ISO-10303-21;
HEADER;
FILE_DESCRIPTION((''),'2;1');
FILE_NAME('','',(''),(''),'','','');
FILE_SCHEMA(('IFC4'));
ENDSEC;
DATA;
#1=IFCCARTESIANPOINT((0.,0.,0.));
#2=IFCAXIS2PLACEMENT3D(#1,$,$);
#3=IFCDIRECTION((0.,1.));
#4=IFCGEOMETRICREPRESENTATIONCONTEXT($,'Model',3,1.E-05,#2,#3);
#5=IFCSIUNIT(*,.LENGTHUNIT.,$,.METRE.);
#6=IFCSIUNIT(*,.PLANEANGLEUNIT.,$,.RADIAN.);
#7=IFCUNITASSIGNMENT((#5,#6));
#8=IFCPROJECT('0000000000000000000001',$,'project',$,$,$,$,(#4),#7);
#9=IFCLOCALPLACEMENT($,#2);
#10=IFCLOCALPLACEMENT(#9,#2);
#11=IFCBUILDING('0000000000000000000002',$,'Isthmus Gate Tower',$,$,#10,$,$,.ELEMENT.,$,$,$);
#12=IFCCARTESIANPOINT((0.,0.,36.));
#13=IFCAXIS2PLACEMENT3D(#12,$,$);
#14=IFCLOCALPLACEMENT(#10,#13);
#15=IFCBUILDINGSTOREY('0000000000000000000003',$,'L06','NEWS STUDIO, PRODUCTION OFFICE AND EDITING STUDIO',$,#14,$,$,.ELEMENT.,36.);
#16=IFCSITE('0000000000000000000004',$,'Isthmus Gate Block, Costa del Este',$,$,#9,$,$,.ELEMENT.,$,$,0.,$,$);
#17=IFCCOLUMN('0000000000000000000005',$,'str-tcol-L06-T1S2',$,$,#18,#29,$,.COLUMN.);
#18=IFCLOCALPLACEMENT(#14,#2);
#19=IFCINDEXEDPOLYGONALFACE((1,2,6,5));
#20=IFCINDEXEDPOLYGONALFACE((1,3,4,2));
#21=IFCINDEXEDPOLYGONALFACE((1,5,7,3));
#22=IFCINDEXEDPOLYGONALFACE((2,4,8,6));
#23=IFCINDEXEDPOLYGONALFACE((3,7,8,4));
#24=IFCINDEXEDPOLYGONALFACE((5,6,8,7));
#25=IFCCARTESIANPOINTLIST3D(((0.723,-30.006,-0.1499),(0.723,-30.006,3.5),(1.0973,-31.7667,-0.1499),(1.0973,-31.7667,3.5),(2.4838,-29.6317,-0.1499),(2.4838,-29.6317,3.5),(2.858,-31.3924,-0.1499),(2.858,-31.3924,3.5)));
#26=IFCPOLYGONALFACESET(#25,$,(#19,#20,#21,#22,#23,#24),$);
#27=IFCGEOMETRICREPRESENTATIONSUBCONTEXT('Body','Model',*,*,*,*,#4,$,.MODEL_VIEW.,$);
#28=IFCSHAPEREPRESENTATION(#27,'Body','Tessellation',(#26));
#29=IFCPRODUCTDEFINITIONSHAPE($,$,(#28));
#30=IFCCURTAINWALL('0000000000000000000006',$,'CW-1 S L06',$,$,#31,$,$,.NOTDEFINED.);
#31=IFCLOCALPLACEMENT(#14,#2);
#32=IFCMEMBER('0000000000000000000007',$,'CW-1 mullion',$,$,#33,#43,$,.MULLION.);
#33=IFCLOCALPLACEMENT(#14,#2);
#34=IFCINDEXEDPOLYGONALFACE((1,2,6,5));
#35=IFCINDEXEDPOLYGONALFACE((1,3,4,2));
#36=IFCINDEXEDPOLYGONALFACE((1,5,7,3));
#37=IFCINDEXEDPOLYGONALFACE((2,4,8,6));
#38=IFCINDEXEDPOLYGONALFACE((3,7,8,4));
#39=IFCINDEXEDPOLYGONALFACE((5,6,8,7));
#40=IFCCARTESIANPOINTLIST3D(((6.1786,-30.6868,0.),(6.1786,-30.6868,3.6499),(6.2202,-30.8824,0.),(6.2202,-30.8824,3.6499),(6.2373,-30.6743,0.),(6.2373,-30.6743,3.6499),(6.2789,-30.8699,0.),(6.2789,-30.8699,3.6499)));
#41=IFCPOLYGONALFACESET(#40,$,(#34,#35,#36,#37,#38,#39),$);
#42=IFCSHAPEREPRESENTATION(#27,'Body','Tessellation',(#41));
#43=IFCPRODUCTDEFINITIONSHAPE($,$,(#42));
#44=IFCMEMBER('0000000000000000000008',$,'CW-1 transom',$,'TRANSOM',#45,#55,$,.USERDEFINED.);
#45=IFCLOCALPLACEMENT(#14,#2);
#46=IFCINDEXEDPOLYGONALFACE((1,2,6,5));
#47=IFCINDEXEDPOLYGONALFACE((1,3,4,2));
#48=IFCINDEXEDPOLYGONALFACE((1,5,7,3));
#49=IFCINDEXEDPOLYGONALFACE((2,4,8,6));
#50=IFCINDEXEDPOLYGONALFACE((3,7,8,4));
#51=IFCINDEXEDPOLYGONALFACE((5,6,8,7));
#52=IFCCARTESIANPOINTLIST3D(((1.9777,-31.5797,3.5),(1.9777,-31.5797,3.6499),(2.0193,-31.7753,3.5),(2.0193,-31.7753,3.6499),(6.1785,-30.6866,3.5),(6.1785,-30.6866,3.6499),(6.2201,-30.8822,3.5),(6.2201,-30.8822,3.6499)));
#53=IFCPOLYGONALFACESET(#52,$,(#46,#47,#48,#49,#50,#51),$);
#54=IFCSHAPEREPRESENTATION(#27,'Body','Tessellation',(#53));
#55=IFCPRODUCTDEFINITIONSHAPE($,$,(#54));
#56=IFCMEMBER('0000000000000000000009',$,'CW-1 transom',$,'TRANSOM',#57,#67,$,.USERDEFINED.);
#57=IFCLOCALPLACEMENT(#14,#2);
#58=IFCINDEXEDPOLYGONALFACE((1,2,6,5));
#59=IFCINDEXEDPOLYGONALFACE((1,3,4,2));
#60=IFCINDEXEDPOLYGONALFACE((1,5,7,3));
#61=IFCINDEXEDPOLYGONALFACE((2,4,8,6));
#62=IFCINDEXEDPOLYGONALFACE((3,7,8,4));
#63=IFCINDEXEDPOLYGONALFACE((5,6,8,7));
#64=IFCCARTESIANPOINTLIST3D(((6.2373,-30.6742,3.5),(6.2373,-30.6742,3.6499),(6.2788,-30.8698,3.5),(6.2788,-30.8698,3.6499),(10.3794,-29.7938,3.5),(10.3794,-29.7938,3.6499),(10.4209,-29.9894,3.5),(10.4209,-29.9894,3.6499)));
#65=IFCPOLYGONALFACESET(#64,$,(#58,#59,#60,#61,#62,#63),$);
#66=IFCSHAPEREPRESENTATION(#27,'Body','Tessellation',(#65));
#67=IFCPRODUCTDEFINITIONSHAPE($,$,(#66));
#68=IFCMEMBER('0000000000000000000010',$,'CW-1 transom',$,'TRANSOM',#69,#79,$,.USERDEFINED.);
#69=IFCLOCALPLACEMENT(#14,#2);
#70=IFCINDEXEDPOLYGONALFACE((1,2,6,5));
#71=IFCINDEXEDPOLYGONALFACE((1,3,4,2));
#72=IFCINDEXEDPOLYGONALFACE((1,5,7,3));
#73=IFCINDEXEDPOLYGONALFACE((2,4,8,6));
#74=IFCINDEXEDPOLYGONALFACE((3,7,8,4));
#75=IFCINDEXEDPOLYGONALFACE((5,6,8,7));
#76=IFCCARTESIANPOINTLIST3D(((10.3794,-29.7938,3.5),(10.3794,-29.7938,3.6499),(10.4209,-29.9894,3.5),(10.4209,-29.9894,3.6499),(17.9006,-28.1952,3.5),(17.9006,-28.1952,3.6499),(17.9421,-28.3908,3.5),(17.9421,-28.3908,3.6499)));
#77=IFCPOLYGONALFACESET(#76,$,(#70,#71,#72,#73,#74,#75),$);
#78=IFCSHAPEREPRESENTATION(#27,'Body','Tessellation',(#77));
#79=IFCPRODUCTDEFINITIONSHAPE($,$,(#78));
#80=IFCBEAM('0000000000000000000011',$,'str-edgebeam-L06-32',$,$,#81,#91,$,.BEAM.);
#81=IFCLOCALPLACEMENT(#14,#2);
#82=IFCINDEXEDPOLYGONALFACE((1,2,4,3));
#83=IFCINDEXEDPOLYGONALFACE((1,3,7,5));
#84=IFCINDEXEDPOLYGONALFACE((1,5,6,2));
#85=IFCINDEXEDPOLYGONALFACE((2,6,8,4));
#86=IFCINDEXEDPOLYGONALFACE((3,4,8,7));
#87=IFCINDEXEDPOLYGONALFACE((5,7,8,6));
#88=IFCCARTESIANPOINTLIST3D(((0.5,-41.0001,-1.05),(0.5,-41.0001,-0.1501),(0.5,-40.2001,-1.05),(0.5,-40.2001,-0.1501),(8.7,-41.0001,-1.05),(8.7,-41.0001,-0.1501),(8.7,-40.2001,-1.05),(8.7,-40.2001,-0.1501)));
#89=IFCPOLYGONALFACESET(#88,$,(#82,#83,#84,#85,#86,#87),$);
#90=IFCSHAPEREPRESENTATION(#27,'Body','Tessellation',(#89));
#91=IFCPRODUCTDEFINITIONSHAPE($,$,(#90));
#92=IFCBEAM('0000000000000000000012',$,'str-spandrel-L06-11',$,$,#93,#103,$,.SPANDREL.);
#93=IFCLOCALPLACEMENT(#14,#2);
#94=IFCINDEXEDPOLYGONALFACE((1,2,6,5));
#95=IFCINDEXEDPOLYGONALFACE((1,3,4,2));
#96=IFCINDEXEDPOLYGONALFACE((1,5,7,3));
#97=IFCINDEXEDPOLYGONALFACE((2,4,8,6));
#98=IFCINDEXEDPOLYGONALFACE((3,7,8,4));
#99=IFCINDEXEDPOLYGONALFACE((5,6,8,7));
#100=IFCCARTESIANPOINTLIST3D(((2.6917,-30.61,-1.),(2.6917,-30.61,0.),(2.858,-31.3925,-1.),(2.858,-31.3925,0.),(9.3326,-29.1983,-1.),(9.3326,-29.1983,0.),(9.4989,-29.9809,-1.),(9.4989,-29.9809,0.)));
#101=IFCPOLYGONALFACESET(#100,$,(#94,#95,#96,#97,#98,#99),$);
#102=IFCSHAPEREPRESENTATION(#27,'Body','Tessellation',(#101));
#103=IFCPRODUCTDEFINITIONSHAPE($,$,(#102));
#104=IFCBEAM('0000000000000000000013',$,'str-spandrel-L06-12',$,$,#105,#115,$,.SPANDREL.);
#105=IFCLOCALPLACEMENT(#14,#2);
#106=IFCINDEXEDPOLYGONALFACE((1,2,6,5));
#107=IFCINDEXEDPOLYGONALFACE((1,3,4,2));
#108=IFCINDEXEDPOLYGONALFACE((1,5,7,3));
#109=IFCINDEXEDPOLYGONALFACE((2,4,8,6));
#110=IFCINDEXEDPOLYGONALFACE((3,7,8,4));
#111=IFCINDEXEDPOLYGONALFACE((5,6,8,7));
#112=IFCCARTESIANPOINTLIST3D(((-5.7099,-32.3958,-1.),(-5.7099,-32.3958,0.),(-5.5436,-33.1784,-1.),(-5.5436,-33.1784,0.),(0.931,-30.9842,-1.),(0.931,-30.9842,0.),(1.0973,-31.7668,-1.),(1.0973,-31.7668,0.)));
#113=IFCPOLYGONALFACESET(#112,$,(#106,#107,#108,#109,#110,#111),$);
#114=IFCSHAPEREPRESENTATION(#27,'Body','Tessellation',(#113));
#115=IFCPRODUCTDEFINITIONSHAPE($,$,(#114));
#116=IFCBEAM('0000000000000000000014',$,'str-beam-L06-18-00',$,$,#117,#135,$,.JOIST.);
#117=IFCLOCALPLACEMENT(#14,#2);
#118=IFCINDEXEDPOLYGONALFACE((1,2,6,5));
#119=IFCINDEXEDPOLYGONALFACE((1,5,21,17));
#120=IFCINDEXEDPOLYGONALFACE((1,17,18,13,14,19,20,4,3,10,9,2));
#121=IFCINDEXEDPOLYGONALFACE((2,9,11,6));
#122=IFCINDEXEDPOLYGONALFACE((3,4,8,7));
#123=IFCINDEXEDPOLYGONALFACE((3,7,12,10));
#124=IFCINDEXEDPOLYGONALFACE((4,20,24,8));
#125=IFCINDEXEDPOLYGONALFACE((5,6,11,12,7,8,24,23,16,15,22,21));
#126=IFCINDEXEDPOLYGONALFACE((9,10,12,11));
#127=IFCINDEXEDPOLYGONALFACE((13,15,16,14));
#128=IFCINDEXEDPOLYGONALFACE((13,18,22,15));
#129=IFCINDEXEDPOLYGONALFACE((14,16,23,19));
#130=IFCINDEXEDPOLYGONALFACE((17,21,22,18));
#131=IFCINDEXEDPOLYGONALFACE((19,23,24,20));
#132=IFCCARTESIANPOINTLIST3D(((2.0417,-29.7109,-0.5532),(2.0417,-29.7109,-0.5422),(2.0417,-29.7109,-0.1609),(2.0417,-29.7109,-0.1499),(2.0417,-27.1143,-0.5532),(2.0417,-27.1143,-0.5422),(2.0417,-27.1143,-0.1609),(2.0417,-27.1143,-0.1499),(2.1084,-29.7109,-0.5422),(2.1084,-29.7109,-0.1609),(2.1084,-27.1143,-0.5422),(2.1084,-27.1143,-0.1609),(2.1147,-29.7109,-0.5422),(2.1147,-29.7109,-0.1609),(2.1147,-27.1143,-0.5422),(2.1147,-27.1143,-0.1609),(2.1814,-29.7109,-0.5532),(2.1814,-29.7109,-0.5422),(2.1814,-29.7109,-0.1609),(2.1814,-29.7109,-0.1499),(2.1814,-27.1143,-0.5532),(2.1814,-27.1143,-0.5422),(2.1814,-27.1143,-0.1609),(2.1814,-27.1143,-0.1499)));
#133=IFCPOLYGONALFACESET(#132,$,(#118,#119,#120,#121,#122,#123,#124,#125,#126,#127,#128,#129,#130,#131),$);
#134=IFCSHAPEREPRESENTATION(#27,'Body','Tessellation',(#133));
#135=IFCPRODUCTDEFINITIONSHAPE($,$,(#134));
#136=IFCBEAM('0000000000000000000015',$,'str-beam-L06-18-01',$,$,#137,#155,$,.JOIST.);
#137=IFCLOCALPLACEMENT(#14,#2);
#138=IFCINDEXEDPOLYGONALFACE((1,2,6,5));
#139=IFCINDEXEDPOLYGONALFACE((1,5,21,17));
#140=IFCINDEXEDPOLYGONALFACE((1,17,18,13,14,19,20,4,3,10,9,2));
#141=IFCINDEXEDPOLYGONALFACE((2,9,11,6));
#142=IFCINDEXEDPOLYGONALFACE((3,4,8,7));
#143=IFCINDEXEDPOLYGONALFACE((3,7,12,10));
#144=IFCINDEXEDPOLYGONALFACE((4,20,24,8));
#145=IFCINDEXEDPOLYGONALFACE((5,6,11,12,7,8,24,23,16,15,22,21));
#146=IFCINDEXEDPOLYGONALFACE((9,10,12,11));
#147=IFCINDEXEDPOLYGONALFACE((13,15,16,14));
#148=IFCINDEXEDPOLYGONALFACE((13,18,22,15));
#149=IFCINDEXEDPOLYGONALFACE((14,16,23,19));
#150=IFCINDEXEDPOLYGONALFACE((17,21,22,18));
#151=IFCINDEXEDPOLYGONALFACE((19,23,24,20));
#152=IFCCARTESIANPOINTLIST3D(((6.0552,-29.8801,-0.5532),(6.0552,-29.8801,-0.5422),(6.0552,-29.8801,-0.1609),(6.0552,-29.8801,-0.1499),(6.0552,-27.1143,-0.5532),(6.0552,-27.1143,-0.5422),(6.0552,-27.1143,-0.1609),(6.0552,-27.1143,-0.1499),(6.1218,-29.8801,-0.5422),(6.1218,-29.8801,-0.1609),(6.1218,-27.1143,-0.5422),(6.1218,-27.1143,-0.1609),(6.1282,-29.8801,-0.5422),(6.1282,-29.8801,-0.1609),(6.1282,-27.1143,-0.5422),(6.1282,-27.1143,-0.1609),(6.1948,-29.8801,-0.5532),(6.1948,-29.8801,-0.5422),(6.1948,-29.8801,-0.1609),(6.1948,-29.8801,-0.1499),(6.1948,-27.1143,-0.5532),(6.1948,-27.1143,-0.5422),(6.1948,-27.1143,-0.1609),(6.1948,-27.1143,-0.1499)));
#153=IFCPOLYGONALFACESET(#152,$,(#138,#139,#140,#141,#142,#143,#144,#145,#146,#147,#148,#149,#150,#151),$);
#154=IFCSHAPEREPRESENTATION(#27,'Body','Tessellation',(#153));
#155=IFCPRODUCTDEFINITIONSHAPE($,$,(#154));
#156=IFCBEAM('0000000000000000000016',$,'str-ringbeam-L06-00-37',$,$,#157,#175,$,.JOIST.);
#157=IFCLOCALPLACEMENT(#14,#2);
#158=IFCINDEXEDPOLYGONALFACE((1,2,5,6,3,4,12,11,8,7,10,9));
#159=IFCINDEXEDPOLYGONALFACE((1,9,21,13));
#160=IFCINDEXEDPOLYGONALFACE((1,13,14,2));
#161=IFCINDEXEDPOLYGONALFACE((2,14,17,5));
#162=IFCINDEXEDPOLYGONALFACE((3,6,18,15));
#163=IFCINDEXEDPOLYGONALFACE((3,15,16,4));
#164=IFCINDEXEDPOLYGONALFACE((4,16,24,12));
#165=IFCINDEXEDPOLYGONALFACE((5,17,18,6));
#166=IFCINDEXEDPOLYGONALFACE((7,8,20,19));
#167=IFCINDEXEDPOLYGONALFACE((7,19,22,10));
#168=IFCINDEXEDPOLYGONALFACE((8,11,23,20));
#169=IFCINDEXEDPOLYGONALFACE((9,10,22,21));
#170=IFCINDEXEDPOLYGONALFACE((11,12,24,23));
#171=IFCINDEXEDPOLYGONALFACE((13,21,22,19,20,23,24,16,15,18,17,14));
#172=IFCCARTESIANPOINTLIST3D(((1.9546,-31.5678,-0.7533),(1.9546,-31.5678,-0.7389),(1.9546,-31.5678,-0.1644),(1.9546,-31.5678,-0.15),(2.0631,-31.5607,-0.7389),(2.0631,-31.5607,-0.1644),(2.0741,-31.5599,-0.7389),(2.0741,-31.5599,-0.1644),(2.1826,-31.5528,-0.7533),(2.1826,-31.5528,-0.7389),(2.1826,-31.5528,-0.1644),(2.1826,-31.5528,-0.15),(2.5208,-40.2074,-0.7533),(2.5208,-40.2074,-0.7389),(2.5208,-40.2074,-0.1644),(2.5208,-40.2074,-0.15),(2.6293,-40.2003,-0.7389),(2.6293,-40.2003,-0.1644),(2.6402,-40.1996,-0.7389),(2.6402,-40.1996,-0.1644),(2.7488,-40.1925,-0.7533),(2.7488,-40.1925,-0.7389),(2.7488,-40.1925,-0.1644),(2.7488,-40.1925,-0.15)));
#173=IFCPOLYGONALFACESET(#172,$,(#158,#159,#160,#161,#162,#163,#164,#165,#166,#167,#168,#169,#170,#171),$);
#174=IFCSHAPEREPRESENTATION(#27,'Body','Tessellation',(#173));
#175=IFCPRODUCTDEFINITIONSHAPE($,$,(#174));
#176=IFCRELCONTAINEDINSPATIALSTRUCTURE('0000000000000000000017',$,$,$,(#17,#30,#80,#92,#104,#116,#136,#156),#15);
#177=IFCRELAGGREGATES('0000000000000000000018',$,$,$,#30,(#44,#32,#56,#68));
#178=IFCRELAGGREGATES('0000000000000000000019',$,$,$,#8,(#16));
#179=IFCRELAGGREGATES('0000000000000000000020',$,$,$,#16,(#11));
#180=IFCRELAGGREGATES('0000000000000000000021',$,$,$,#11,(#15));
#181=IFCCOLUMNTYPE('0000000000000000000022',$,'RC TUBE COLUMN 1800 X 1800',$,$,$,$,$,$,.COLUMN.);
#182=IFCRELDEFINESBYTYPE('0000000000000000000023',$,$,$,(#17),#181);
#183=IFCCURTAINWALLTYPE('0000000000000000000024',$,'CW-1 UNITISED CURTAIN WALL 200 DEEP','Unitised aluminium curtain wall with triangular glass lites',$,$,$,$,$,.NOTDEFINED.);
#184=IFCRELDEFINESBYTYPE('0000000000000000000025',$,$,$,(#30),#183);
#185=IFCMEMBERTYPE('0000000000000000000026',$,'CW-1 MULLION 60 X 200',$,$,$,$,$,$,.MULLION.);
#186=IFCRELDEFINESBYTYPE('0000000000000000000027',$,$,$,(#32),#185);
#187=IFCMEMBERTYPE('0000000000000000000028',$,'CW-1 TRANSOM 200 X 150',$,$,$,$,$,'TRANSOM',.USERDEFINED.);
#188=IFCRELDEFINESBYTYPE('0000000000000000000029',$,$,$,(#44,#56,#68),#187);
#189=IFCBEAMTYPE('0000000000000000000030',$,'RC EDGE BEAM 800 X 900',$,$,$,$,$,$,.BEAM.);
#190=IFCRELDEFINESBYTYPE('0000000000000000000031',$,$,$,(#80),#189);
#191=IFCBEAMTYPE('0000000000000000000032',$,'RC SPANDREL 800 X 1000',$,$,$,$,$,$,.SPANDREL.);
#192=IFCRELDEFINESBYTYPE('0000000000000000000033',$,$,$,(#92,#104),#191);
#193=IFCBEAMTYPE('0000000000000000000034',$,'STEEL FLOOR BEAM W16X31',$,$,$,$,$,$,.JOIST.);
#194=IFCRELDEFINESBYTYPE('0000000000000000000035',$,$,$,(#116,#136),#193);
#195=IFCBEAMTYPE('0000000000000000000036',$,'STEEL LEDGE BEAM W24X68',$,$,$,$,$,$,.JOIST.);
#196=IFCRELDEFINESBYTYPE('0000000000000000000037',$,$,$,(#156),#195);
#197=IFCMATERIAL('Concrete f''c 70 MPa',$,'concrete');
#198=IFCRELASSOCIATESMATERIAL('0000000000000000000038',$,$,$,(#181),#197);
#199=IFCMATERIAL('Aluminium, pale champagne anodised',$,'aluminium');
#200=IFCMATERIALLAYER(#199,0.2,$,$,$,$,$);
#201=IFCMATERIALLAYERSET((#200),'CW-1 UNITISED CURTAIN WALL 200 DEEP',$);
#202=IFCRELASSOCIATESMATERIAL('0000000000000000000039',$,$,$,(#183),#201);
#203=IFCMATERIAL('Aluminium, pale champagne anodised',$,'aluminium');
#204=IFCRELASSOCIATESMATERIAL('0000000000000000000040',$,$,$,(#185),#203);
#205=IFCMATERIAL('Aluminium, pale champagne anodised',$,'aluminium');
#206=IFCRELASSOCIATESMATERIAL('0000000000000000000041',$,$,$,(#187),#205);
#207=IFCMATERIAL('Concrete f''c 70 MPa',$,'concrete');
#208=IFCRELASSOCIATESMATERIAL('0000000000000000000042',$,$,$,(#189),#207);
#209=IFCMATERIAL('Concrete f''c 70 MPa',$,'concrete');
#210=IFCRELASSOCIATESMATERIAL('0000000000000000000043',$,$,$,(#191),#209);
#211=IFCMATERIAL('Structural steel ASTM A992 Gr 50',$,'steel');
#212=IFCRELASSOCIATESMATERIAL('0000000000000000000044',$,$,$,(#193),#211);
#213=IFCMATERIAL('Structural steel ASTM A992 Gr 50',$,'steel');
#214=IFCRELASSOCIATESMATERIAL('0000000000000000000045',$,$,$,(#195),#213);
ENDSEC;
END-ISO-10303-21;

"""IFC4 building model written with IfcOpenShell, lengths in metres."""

from ifc_helpers import new_model, si_unit, direction, frame, origin, origin_2d, place, context, subcontext, project, spatial, rectangle, i_section, extrude, material, layer, layer_set, material_profile, profile_set, type_object, element, aggregate, save


model = new_model("IFC4")

# Units and contexts
model_context = context("Model", 3, precision=1e-05, world=origin(), true_north=direction((0.0, 1.0)))
body_context = subcontext(model_context, "Body", "Model", "MODEL_VIEW")
ifc_project = project(units=[si_unit("LENGTHUNIT", "METRE"), si_unit("PLANEANGLEUNIT", "RADIAN")], contexts=[model_context])

# Site, building, storey
site_placement = place(None, origin())
site = spatial("IfcSite", under=ifc_project, at=site_placement, Name="Isthmus Gate Block, Costa del Este", CompositionType="ELEMENT", RefElevation=0.0)
building_placement = place(site_placement, origin())
building = spatial("IfcBuilding", under=site, at=building_placement, Name="Isthmus Gate Tower", CompositionType="ELEMENT")
storey_placement = place(building_placement, frame((0.0, 0.0, 36.0)))
storey = spatial("IfcBuildingStorey", under=building, at=storey_placement, Name="L06", Description="NEWS STUDIO, PRODUCTION OFFICE AND EDITING STUDIO", CompositionType="ELEMENT", Elevation=36.0)

# Column
ifc_material_1 = material(Name="Concrete f'c 70 MPa", Category="concrete")
ifc_material_profile_1 = material_profile(ifc_material_1, rectangle(XDim=1.8, YDim=1.8, at=origin_2d()), Name="RC 1800X1800")
ifc_profile_set_1 = profile_set([ifc_material_profile_1], Name="Concrete f'c 70 MPa")
column_type = type_object("IfcColumnType", Name="RC TUBE COLUMN 1800 X 1800", PredefinedType="COLUMN", material=ifc_profile_set_1)
column_placement = place(storey_placement, frame((1.7905, -30.6992, -0.1499), z_axis=(0.0, 0.0, 1.0), x_axis=(0.978148, 0.207912, 0.0)))
element("IfcColumn", 1, at=column_placement, inside=storey, type_object=column_type, Name="str-tcol-L06-T1S2", PredefinedType="COLUMN", context=body_context, shape_type="SweptSolid", body=[
    extrude(rectangle(XDim=1.8, YDim=1.8, at=origin_2d()), origin(), (0.0, 0.0, 1.0), 3.6499),
])

# Curtain wall, members
ifc_material_2 = material(Name="Aluminium, pale champagne anodised", Category="aluminium")
ifc_layer_1 = layer(ifc_material_2, 0.2)
ifc_layer_set_1 = layer_set([ifc_layer_1], Name="CW-1 UNITISED CURTAIN WALL 200 DEEP")
curtain_wall_type = type_object("IfcCurtainWallType", Name="CW-1 UNITISED CURTAIN WALL 200 DEEP", Description="Unitised aluminium curtain wall with triangular glass lites", PredefinedType="NOTDEFINED", material=ifc_layer_set_1)
curtain_wall_placement = place(storey_placement, origin())
curtain_wall = element("IfcCurtainWall", 2, at=curtain_wall_placement, inside=storey, type_object=curtain_wall_type, Name="CW-1 S L06", PredefinedType="NOTDEFINED")
ifc_material_3 = material(Name="Aluminium, pale champagne anodised", Category="aluminium")
ifc_material_profile_2 = material_profile(ifc_material_3, rectangle(XDim=0.0601, YDim=0.2, at=origin_2d()), Name="60x200")
ifc_profile_set_2 = profile_set([ifc_material_profile_2], Name="Aluminium, pale champagne anodised")
member_type_1 = type_object("IfcMemberType", Name="CW-1 MULLION 60 X 200", PredefinedType="MULLION", material=ifc_profile_set_2)
member_1_placement = place(storey_placement, frame((6.2288, -30.7783, 0.0), z_axis=(0.0, 0.0, 1.0), x_axis=(0.978148, 0.207912, 0.0)))
member_1 = element("IfcMember", 3, at=member_1_placement, type_object=member_type_1, Name="CW-1 mullion", PredefinedType="MULLION", context=body_context, shape_type="SweptSolid", body=[
    extrude(rectangle(XDim=0.0601, YDim=0.2, at=origin_2d()), origin(), (0.0, 0.0, 1.0), 3.6499),
])
ifc_material_4 = material(Name="Aluminium, pale champagne anodised", Category="aluminium")
ifc_material_profile_3 = material_profile(ifc_material_4, rectangle(XDim=0.2, YDim=0.1499, at=origin_2d()), Name="200x150")
ifc_profile_set_3 = profile_set([ifc_material_profile_3], Name="Aluminium, pale champagne anodised")
member_type_2 = type_object("IfcMemberType", Name="CW-1 TRANSOM 200 X 150", ElementType="TRANSOM", PredefinedType="USERDEFINED", material=ifc_profile_set_3)
member_2_placement = place(storey_placement, frame((1.9985, -31.6775, 3.575), z_axis=(0.978139, 0.207953, 0.0), x_axis=(-0.207953, 0.978139, 0.0)))
member_2 = element("IfcMember", 4, at=member_2_placement, type_object=member_type_2, Name="CW-1 transom", ObjectType="TRANSOM", PredefinedType="USERDEFINED", context=body_context, shape_type="SweptSolid", body=[
    extrude(rectangle(XDim=0.2, YDim=0.1499, at=origin_2d()), origin(), (0.0, 0.0, 1.0), 4.2947),
])
member_3_placement = place(storey_placement, frame((6.2581, -30.772, 3.575), z_axis=(0.97815, 0.207899, 0.0), x_axis=(-0.207899, 0.97815, 0.0)))
member_3 = element("IfcMember", 5, at=member_3_placement, type_object=member_type_2, Name="CW-1 transom", ObjectType="TRANSOM", PredefinedType="USERDEFINED", context=body_context, shape_type="SweptSolid", body=[
    extrude(rectangle(XDim=0.2, YDim=0.1499, at=origin_2d()), origin(), (0.0, 0.0, 1.0), 4.2346),
])
member_4_placement = place(storey_placement, frame((10.4001, -29.8916, 3.575), z_axis=(0.978149, 0.207905, 0.0), x_axis=(-0.207905, 0.978149, 0.0)))
member_4 = element("IfcMember", 6, at=member_4_placement, type_object=member_type_2, Name="CW-1 transom", ObjectType="TRANSOM", PredefinedType="USERDEFINED", context=body_context, shape_type="SweptSolid", body=[
    extrude(rectangle(XDim=0.2, YDim=0.1499, at=origin_2d()), origin(), (0.0, 0.0, 1.0), 7.6892),
])

# Beams
ifc_material_5 = material(Name="Concrete f'c 70 MPa", Category="concrete")
ifc_material_profile_4 = material_profile(ifc_material_5, rectangle(XDim=0.8, YDim=0.8999, at=origin_2d()), Name="RC 800X900")
ifc_profile_set_4 = profile_set([ifc_material_profile_4], Name="Concrete f'c 70 MPa")
beam_type_1 = type_object("IfcBeamType", Name="RC EDGE BEAM 800 X 900", PredefinedType="BEAM", material=ifc_profile_set_4)
beam_1_placement = place(storey_placement, frame((8.7, -40.6001, -0.6001), z_axis=(-1.0, 0.0, 0.0), x_axis=(0.0, -1.0, 0.0)))
element("IfcBeam", 7, at=beam_1_placement, inside=storey, type_object=beam_type_1, Name="str-edgebeam-L06-32", PredefinedType="BEAM", context=body_context, shape_type="SweptSolid", body=[
    extrude(rectangle(XDim=0.8, YDim=0.8999, at=origin_2d()), origin(), (0.0, 0.0, 1.0), 8.2),
])
ifc_material_6 = material(Name="Concrete f'c 70 MPa", Category="concrete")
ifc_material_profile_5 = material_profile(ifc_material_6, rectangle(XDim=0.8, YDim=1.0, at=origin_2d()), Name="RC 800X1000")
ifc_profile_set_5 = profile_set([ifc_material_profile_5], Name="Concrete f'c 70 MPa")
beam_type_2 = type_object("IfcBeamType", Name="RC SPANDREL 800 X 1000", PredefinedType="SPANDREL", material=ifc_profile_set_5)
for number, where, z_axis, x_axis, name in (
    (8, (9.4158, -29.5896, -0.5), (-0.978146, -0.20792, 0.0), (0.20792, -0.978146, 0.0), "str-spandrel-L06-11"),
    (9, (1.0142, -31.3755, -0.5), (-0.978146, -0.20792, 0.0), (0.20792, -0.978146, 0.0), "str-spandrel-L06-12"),
):
    element("IfcBeam", number, at=place(storey_placement, frame(where, z_axis=z_axis, x_axis=x_axis)), inside=storey, type_object=beam_type_2, Name=name, PredefinedType="SPANDREL", context=body_context, shape_type="SweptSolid", body=[
        extrude(rectangle(XDim=0.8, YDim=1.0, at=origin_2d()), origin(), (0.0, 0.0, 1.0), 6.7893),
    ])
ifc_material_7 = material(Name="Structural steel ASTM A992 Gr 50", Category="steel")
ifc_material_profile_6 = material_profile(ifc_material_7, i_section(OverallWidth=0.1396, OverallDepth=0.4033, WebThickness=0.0063, FlangeThickness=0.011, at=origin_2d()), Name="W16X31")
ifc_profile_set_6 = profile_set([ifc_material_profile_6], Name="Structural steel ASTM A992 Gr 50")
beam_type_3 = type_object("IfcBeamType", Name="STEEL FLOOR BEAM W16X31", PredefinedType="JOIST", material=ifc_profile_set_6)
beam_2_placement = place(storey_placement, frame((2.1116, -29.7109, -0.3516), z_axis=(0.0, 1.0, 0.0), x_axis=(-1.0, 0.0, 0.0)))
element("IfcBeam", 10, at=beam_2_placement, inside=storey, type_object=beam_type_3, Name="str-beam-L06-18-00", PredefinedType="JOIST", context=body_context, shape_type="SweptSolid", body=[
    extrude(i_section(OverallWidth=0.1396, OverallDepth=0.4033, WebThickness=0.0063, FlangeThickness=0.011, at=origin_2d()), origin(), (0.0, 0.0, 1.0), 2.5967),
])
beam_3_placement = place(storey_placement, frame((6.125, -29.8801, -0.3516), z_axis=(0.0, 1.0, 0.0), x_axis=(-1.0, 0.0, 0.0)))
element("IfcBeam", 11, at=beam_3_placement, inside=storey, type_object=beam_type_3, Name="str-beam-L06-18-01", PredefinedType="JOIST", context=body_context, shape_type="SweptSolid", body=[
    extrude(i_section(OverallWidth=0.1396, OverallDepth=0.4033, WebThickness=0.0063, FlangeThickness=0.011, at=origin_2d()), origin(), (0.0, 0.0, 1.0), 2.7659),
])
ifc_material_8 = material(Name="Structural steel ASTM A992 Gr 50", Category="steel")
ifc_material_profile_7 = material_profile(ifc_material_8, i_section(OverallWidth=0.2285, OverallDepth=0.6033, WebThickness=0.011, FlangeThickness=0.0144, at=origin_2d()), Name="W24X68")
ifc_profile_set_7 = profile_set([ifc_material_profile_7], Name="Structural steel ASTM A992 Gr 50")
beam_type_4 = type_object("IfcBeamType", Name="STEEL LEDGE BEAM W24X68", PredefinedType="JOIST", material=ifc_profile_set_7)
beam_4_placement = place(storey_placement, frame((2.0686, -31.5603, -0.4517), z_axis=(0.06539, -0.99786, 0.0), x_axis=(0.99786, 0.06539, 0.0)))
element("IfcBeam", 12, at=beam_4_placement, inside=storey, type_object=beam_type_4, Name="str-ringbeam-L06-00-37", PredefinedType="JOIST", context=body_context, shape_type="SweptSolid", body=[
    extrude(i_section(OverallWidth=0.2285, OverallDepth=0.6033, WebThickness=0.011, FlangeThickness=0.0144, at=origin_2d()), origin(), (0.0, 0.0, 1.0), 8.6582),
])

aggregate(curtain_wall, [member_2, member_1, member_3, member_4])

save(model, "model.ifc")
